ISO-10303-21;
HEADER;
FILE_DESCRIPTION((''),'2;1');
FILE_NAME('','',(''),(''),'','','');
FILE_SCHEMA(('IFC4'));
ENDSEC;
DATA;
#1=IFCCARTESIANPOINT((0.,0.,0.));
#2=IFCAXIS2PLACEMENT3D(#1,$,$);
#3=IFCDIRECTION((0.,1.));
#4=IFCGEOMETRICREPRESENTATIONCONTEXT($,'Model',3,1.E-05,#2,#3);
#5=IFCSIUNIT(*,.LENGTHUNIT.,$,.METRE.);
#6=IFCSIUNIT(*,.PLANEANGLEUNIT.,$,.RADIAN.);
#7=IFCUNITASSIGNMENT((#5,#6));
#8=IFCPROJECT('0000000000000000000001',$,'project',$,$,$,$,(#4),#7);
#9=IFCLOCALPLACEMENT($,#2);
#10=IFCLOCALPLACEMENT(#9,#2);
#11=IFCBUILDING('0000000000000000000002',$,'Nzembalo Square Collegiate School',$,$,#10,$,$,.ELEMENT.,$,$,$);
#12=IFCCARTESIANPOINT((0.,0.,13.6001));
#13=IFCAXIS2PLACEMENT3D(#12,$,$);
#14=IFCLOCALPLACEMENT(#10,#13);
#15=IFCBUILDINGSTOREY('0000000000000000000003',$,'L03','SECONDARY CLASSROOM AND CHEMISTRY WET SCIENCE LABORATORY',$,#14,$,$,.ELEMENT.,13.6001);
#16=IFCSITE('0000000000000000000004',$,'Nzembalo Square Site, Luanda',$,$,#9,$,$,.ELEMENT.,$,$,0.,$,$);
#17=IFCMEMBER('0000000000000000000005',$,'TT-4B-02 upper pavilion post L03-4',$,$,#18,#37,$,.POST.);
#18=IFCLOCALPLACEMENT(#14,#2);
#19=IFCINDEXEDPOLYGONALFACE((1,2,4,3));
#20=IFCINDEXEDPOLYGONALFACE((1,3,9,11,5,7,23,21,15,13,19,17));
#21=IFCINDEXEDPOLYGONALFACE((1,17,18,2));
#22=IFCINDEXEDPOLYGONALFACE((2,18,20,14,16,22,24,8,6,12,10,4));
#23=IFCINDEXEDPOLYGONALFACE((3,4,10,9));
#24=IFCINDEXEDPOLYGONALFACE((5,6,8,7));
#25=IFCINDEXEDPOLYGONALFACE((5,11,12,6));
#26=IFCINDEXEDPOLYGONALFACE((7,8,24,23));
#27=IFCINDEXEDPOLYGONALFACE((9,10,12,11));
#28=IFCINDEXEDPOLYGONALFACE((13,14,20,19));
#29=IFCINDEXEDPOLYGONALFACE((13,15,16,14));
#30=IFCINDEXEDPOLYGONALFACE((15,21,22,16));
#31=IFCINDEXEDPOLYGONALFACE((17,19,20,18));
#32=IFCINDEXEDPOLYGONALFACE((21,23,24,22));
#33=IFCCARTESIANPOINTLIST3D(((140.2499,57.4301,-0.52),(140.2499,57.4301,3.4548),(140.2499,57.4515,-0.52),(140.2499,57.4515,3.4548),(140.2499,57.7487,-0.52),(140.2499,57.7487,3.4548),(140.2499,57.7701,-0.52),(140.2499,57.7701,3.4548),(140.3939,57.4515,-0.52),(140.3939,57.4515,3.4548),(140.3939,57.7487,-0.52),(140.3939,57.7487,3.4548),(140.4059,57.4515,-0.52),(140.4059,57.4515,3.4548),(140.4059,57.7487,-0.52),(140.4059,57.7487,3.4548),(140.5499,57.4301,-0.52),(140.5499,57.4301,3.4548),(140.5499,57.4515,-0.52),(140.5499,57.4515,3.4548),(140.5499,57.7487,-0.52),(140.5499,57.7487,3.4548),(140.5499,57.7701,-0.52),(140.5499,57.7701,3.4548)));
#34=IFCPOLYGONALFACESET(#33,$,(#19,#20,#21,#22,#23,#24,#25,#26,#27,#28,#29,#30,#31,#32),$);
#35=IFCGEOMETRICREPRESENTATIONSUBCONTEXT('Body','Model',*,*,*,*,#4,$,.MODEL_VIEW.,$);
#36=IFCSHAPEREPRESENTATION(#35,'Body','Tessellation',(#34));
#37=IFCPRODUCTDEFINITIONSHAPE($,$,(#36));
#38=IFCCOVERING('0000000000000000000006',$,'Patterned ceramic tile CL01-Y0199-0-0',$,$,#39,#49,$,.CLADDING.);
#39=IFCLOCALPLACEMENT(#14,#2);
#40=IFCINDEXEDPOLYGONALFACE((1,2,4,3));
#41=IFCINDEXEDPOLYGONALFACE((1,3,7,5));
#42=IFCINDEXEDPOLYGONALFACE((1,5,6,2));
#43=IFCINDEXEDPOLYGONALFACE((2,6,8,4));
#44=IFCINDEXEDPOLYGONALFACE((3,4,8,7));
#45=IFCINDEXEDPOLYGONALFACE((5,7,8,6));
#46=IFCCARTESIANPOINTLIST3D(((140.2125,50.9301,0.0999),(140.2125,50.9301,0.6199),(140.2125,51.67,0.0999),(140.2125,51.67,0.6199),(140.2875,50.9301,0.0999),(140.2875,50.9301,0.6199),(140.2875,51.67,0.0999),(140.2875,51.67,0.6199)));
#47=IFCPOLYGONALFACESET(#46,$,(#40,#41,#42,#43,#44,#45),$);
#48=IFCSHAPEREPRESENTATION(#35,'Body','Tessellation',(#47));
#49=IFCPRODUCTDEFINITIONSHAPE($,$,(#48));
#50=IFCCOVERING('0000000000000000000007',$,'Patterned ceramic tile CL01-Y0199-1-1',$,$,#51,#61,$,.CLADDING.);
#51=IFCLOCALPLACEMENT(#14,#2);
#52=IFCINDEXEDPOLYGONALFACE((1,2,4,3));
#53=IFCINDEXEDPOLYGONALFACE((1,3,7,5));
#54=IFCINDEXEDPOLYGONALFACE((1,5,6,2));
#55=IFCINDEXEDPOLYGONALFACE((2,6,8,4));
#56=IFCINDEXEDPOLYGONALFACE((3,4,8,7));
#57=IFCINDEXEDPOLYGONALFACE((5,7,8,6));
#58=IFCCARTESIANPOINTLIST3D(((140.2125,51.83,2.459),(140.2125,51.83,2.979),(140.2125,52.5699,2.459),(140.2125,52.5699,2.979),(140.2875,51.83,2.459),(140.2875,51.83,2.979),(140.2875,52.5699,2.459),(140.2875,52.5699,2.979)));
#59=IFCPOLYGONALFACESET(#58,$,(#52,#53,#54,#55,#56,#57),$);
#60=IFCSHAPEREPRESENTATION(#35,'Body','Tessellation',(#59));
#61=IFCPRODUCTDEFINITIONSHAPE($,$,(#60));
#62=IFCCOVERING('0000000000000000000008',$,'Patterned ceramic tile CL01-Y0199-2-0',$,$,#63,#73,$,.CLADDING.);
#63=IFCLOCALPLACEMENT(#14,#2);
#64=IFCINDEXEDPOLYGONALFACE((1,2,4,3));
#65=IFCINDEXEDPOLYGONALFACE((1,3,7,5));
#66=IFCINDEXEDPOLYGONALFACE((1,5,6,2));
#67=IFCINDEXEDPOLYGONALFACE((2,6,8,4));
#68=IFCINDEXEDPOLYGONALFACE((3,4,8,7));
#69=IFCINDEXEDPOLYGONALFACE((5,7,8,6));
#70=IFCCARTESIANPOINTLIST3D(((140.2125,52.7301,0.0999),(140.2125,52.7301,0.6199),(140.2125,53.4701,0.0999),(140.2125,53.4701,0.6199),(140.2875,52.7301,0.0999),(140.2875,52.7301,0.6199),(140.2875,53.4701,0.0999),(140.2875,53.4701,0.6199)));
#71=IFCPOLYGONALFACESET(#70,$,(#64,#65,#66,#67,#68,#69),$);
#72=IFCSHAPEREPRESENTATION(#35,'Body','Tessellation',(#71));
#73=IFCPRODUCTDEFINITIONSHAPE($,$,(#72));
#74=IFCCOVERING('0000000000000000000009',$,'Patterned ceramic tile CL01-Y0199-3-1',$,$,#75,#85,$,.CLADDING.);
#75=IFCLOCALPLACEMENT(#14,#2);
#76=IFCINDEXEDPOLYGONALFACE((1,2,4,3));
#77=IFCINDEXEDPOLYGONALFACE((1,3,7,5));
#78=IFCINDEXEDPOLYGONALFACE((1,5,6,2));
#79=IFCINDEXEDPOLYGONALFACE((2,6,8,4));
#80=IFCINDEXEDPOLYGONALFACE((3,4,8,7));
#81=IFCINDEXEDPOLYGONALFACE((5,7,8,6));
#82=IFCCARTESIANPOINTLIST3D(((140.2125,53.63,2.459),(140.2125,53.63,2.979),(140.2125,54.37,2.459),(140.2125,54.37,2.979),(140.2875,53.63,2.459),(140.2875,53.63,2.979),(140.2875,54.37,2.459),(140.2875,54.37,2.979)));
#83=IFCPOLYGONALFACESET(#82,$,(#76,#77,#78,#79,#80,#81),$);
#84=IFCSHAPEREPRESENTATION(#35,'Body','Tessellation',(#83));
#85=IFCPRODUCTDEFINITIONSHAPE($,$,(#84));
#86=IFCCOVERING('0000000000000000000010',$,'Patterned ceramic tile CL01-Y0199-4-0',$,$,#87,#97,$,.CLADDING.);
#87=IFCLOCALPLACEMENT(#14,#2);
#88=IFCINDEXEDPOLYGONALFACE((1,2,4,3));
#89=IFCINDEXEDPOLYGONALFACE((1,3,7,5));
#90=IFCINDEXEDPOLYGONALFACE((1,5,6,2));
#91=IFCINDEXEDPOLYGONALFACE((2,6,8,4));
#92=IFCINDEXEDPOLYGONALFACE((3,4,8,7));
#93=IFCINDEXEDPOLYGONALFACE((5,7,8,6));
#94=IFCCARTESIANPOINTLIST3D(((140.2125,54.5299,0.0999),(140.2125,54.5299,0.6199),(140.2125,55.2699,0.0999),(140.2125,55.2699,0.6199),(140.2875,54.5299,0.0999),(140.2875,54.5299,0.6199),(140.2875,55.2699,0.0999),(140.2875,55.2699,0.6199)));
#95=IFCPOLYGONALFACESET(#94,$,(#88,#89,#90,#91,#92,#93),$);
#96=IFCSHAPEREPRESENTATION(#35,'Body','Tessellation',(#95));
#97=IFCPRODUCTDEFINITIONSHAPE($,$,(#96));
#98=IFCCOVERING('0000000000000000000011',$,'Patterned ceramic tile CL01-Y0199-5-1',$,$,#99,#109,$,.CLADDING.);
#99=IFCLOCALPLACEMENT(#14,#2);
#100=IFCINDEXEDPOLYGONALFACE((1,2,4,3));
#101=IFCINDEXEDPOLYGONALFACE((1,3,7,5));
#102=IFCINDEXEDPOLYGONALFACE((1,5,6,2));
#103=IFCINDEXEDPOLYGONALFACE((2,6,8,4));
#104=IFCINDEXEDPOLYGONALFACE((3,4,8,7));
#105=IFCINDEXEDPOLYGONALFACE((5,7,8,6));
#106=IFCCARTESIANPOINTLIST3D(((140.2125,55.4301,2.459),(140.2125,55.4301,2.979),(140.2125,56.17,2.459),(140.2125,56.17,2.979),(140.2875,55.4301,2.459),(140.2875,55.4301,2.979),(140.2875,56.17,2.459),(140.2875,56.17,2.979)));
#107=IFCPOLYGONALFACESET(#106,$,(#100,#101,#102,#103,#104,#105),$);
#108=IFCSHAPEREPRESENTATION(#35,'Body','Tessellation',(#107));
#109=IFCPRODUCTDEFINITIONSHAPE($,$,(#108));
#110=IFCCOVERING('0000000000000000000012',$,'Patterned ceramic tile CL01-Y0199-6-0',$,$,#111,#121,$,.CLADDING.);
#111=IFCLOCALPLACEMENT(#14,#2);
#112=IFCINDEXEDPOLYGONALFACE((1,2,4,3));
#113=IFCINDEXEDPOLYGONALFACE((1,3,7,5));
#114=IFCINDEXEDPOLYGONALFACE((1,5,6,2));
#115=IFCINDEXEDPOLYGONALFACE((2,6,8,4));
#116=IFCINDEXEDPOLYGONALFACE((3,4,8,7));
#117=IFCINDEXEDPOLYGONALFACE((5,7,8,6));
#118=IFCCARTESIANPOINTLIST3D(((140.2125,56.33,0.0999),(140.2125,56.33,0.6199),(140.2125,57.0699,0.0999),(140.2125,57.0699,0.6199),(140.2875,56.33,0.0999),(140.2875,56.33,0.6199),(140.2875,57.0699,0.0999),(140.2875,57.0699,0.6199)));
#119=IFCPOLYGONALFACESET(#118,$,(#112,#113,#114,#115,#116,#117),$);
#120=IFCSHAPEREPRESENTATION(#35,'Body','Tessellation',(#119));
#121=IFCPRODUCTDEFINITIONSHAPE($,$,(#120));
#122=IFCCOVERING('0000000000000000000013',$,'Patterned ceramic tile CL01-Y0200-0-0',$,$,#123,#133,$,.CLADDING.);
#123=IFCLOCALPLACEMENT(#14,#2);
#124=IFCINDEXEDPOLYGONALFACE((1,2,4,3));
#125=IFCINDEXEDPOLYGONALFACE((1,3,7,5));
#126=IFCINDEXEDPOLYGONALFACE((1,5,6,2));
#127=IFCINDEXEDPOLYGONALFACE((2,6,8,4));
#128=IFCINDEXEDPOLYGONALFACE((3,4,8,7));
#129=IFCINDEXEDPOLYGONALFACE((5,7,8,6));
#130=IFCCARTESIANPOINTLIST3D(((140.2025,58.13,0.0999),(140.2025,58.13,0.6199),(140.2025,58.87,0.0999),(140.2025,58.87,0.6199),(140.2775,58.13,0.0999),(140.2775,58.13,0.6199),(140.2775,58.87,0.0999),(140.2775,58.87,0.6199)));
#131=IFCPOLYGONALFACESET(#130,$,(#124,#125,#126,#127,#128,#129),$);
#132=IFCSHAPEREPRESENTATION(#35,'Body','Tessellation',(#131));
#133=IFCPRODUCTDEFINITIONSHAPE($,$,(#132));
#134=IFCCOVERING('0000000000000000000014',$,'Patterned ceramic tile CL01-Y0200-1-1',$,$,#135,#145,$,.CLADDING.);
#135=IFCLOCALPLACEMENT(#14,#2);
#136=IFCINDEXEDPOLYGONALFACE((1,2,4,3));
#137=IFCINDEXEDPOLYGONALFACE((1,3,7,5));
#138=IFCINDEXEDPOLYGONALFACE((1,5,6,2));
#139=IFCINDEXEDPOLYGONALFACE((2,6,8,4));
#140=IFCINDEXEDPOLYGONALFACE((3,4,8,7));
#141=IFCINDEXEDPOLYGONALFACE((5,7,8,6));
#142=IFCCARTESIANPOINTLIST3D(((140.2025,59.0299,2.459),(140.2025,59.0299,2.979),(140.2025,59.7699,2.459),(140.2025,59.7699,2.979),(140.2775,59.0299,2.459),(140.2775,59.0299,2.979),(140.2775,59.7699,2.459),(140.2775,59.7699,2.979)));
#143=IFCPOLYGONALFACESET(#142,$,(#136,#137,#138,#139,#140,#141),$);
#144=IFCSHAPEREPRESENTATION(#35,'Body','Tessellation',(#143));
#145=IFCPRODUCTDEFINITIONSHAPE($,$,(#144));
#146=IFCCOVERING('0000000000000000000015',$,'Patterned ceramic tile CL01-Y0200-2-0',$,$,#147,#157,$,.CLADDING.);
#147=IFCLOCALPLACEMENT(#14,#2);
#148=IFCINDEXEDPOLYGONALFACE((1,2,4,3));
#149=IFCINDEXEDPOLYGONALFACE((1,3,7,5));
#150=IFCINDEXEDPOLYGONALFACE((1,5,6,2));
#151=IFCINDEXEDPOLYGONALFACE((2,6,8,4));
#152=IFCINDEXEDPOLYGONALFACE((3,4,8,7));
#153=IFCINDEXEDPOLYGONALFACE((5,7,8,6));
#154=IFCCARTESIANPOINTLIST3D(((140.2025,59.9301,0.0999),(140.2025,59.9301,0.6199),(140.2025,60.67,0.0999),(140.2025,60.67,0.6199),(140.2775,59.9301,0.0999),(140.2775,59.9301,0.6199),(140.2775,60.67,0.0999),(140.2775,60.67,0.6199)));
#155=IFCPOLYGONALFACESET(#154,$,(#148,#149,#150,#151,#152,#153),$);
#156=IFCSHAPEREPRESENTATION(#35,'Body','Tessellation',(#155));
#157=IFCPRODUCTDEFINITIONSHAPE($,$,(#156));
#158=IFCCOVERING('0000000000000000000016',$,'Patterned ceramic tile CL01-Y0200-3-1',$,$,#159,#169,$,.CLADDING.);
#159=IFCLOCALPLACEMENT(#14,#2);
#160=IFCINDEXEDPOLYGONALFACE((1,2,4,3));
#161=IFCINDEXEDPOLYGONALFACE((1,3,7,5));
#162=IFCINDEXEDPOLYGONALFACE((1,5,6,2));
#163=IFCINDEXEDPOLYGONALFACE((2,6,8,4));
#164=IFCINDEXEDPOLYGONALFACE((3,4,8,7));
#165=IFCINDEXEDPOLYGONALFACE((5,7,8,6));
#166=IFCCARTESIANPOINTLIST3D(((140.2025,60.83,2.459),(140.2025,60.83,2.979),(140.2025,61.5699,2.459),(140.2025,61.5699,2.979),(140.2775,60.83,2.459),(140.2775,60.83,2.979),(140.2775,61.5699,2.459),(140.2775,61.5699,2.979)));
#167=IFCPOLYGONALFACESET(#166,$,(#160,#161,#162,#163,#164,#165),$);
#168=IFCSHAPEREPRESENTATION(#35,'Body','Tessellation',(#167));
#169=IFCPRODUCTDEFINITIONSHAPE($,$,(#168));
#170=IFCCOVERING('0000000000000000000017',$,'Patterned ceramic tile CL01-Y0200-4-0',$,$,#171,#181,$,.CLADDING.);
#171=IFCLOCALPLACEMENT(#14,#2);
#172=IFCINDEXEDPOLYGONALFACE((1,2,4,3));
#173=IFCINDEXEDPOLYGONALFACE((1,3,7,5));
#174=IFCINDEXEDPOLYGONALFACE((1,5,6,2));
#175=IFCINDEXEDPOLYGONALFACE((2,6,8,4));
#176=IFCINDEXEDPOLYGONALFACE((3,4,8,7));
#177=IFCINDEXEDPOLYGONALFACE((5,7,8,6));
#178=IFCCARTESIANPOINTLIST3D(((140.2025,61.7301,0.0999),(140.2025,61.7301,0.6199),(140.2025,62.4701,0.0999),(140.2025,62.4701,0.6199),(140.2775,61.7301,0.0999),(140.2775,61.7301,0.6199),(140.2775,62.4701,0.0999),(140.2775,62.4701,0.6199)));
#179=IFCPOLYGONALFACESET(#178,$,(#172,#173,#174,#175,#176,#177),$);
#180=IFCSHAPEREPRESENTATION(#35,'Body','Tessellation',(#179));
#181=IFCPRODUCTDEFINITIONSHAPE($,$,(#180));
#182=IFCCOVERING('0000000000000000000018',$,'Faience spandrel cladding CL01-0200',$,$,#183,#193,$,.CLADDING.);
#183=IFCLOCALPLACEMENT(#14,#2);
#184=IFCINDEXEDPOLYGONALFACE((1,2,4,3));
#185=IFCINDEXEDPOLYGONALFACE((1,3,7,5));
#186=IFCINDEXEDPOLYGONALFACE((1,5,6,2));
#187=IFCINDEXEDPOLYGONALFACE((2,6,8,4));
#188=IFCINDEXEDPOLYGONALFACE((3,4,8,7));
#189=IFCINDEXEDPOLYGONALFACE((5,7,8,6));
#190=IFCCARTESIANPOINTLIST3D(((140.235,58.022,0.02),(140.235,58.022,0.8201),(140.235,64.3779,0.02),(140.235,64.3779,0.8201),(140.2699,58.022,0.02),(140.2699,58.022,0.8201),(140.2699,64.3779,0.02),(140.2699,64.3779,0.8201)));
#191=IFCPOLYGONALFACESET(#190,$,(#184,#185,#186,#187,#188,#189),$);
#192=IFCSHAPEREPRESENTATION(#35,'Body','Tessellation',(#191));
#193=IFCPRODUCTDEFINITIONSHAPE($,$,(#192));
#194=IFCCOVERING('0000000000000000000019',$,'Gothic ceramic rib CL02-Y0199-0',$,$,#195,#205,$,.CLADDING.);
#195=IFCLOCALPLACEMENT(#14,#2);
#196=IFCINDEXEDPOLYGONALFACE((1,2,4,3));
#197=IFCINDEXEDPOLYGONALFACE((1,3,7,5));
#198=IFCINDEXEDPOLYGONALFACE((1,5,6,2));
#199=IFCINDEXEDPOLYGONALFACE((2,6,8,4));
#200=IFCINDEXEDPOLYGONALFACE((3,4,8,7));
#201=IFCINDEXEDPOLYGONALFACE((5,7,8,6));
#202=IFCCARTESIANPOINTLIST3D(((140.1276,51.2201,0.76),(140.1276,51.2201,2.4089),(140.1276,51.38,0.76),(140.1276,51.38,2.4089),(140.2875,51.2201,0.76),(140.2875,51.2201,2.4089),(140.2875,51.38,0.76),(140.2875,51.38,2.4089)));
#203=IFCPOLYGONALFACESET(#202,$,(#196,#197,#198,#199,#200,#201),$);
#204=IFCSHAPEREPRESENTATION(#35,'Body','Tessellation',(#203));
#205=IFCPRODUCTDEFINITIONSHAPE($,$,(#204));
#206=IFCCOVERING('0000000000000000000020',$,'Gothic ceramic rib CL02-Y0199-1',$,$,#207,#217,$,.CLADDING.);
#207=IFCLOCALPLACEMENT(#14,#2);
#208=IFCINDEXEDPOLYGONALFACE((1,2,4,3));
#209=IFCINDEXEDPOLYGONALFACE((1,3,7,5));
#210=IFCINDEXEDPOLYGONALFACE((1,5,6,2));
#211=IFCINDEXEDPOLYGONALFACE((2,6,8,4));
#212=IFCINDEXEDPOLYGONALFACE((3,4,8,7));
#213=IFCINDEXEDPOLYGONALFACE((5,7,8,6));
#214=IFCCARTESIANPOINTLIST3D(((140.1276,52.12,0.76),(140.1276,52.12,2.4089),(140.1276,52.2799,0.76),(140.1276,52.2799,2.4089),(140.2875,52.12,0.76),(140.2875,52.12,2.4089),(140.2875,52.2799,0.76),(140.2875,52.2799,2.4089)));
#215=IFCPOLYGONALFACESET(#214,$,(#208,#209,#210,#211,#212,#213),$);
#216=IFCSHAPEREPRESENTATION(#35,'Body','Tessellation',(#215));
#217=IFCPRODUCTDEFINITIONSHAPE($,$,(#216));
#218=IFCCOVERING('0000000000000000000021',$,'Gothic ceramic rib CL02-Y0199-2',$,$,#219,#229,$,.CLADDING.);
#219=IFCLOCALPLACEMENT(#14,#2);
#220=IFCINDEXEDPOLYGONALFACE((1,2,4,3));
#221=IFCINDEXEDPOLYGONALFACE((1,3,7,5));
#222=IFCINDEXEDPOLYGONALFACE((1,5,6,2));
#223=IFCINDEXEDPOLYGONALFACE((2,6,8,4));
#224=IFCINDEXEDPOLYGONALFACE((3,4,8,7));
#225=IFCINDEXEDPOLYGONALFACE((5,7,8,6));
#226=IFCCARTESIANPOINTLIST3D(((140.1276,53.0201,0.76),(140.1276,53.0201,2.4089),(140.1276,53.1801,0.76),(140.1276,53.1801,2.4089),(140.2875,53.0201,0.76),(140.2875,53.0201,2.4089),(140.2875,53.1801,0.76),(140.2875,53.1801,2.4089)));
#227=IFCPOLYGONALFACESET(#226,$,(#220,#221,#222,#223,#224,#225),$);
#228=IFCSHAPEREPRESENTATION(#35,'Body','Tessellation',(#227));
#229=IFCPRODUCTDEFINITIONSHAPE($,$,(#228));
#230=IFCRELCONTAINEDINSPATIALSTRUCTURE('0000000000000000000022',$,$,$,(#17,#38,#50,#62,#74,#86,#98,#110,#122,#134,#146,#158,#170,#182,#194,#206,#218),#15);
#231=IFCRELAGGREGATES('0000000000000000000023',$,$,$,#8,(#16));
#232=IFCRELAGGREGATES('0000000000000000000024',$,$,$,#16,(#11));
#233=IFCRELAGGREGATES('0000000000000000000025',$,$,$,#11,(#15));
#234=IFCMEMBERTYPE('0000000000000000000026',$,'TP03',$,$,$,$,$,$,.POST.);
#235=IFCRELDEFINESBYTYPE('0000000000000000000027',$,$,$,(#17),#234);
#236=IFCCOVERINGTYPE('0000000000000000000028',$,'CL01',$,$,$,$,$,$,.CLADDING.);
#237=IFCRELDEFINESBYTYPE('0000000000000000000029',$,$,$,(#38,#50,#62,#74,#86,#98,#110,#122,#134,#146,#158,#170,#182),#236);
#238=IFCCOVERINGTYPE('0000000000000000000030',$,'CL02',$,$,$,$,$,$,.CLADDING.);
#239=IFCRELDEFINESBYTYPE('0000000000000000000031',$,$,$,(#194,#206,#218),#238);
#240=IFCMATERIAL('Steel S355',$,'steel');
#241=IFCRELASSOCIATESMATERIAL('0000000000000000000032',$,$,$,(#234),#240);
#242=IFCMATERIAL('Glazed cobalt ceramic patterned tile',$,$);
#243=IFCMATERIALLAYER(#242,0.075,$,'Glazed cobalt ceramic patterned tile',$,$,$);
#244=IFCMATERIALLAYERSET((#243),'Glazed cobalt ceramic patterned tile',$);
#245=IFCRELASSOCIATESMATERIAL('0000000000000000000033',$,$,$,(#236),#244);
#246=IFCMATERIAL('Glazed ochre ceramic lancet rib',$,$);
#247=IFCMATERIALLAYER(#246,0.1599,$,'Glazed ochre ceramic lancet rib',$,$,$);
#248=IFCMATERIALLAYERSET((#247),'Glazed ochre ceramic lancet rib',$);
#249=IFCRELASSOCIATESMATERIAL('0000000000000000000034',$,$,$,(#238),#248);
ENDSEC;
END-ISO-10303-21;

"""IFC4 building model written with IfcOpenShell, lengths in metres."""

from ifc_helpers import new_model, si_unit, direction, frame, origin, origin_2d, place, context, subcontext, project, spatial, rectangle, i_section, extrude, material, layer, layer_set, material_profile, profile_set, type_object, element, save


model = new_model("IFC4")

# Units and contexts
model_context = context("Model", 3, precision=1e-05, world=origin(), true_north=direction((0.0, 1.0)))
body_context = subcontext(model_context, "Body", "Model", "MODEL_VIEW")
ifc_project = project(units=[si_unit("LENGTHUNIT", "METRE"), si_unit("PLANEANGLEUNIT", "RADIAN")], contexts=[model_context])

# Site, building, storey
site_placement = place(None, origin())
site = spatial("IfcSite", under=ifc_project, at=site_placement, Name="Nzembalo Square Site, Luanda", CompositionType="ELEMENT", RefElevation=0.0)
building_placement = place(site_placement, origin())
building = spatial("IfcBuilding", under=site, at=building_placement, Name="Nzembalo Square Collegiate School", CompositionType="ELEMENT")
storey_placement = place(building_placement, frame((0.0, 0.0, 13.6001)))
storey = spatial("IfcBuildingStorey", under=building, at=storey_placement, Name="L03", Description="SECONDARY CLASSROOM AND CHEMISTRY WET SCIENCE LABORATORY", CompositionType="ELEMENT", Elevation=13.6001)

# Member
ifc_material_1 = material(Name="Steel S355", Category="steel")
ifc_material_profile = material_profile(ifc_material_1, i_section(OverallWidth=0.3, OverallDepth=0.3401, WebThickness=0.012, FlangeThickness=0.0215, at=origin_2d()), Name="HEB 340")
ifc_profile_set = profile_set([ifc_material_profile], Name="Steel S355")
member_type = type_object("IfcMemberType", Name="TP03", PredefinedType="POST", material=ifc_profile_set)
member_placement = place(storey_placement, frame((140.3999, 57.6001, -0.52), z_axis=(0.0, 0.0, 1.0), x_axis=(1.0, 0.0, 0.0)))
element("IfcMember", 1, at=member_placement, inside=storey, type_object=member_type, Name="TT-4B-02 upper pavilion post L03-4", PredefinedType="POST", context=body_context, shape_type="SweptSolid", body=[
    extrude(i_section(OverallWidth=0.3, OverallDepth=0.3401, WebThickness=0.012, FlangeThickness=0.0215, at=origin_2d()), origin(), (0.0, 0.0, 1.0), 3.9749),
])

# Coverings
ifc_material_2 = material(Name="Glazed cobalt ceramic patterned tile")
ifc_layer_1 = layer(ifc_material_2, 0.075, Name="Glazed cobalt ceramic patterned tile")
ifc_layer_set_1 = layer_set([ifc_layer_1], Name="Glazed cobalt ceramic patterned tile")
covering_type_1 = type_object("IfcCoveringType", Name="CL01", PredefinedType="CLADDING", material=ifc_layer_set_1)
for number, where, z_axis, x_axis, name in (
    (2, (140.25, 51.3, 0.0999), (0.0, 0.0, 1.0), (1.0, 0.0, 0.0), "Patterned ceramic tile CL01-Y0199-0-0"),
    (3, (140.25, 52.2, 2.459), (0.0, 0.0, 1.0), (1.0, 0.0, 0.0), "Patterned ceramic tile CL01-Y0199-1-1"),
    (4, (140.25, 53.1001, 0.0999), (0.0, 0.0, 1.0), (1.0, 0.0, 0.0), "Patterned ceramic tile CL01-Y0199-2-0"),
    (5, (140.25, 54.0, 2.459), (0.0, 0.0, 1.0), (1.0, 0.0, 0.0), "Patterned ceramic tile CL01-Y0199-3-1"),
    (6, (140.25, 54.8999, 0.0999), (0.0, 0.0, 1.0), (1.0, 0.0, 0.0), "Patterned ceramic tile CL01-Y0199-4-0"),
    (7, (140.25, 55.8, 2.459), (0.0, 0.0, 1.0), (1.0, 0.0, 0.0), "Patterned ceramic tile CL01-Y0199-5-1"),
    (8, (140.25, 56.7, 0.0999), (0.0, 0.0, 1.0), (1.0, 0.0, 0.0), "Patterned ceramic tile CL01-Y0199-6-0"),
    (9, (140.24, 58.5, 0.0999), (0.0, 0.0, 1.0), (1.0, 0.0, 0.0), "Patterned ceramic tile CL01-Y0200-0-0"),
    (10, (140.24, 59.3999, 2.459), (0.0, 0.0, 1.0), (1.0, 0.0, 0.0), "Patterned ceramic tile CL01-Y0200-1-1"),
    (11, (140.24, 60.3, 0.0999), (0.0, 0.0, 1.0), (1.0, 0.0, 0.0), "Patterned ceramic tile CL01-Y0200-2-0"),
    (12, (140.24, 61.2, 2.459), (0.0, 0.0, 1.0), (1.0, 0.0, 0.0), "Patterned ceramic tile CL01-Y0200-3-1"),
    (13, (140.24, 62.1001, 0.0999), (0.0, 0.0, 1.0), (1.0, 0.0, 0.0), "Patterned ceramic tile CL01-Y0200-4-0"),
):
    element("IfcCovering", number, at=place(storey_placement, frame(where, z_axis=z_axis, x_axis=x_axis)), inside=storey, type_object=covering_type_1, Name=name, PredefinedType="CLADDING", context=body_context, shape_type="SweptSolid", body=[
        extrude(rectangle(XDim=0.075, YDim=0.74, at=origin_2d()), origin(), (0.0, 0.0, 1.0), 0.52),
    ])
covering_1_placement = place(storey_placement, frame((140.2524, 61.2, 0.02), z_axis=(0.0, 0.0, 1.0), x_axis=(1.0, 0.0, 0.0)))
element("IfcCovering", 14, at=covering_1_placement, inside=storey, type_object=covering_type_1, Name="Faience spandrel cladding CL01-0200", PredefinedType="CLADDING", context=body_context, shape_type="SweptSolid", body=[
    extrude(rectangle(XDim=0.0349, YDim=6.356, at=origin_2d()), origin(), (0.0, 0.0, 1.0), 0.8),
])
ifc_material_3 = material(Name="Glazed ochre ceramic lancet rib")
ifc_layer_2 = layer(ifc_material_3, 0.1599, Name="Glazed ochre ceramic lancet rib")
ifc_layer_set_2 = layer_set([ifc_layer_2], Name="Glazed ochre ceramic lancet rib")
covering_type_2 = type_object("IfcCoveringType", Name="CL02", PredefinedType="CLADDING", material=ifc_layer_set_2)
for number, where, z_axis, x_axis, name in (
    (15, (140.2075, 51.3, 0.76), (0.0, 0.0, 1.0), (1.0, 0.0, 0.0), "Gothic ceramic rib CL02-Y0199-0"),
    (16, (140.2075, 52.2, 0.76), (0.0, 0.0, 1.0), (1.0, 0.0, 0.0), "Gothic ceramic rib CL02-Y0199-1"),
    (17, (140.2075, 53.1001, 0.76), (0.0, 0.0, 1.0), (1.0, 0.0, 0.0), "Gothic ceramic rib CL02-Y0199-2"),
):
    element("IfcCovering", number, at=place(storey_placement, frame(where, z_axis=z_axis, x_axis=x_axis)), inside=storey, type_object=covering_type_2, Name=name, PredefinedType="CLADDING", context=body_context, shape_type="SweptSolid", body=[
        extrude(rectangle(XDim=0.1599, YDim=0.1599, at=origin_2d()), origin(), (0.0, 0.0, 1.0), 1.6489),
    ])

save(model, "model.ifc")
